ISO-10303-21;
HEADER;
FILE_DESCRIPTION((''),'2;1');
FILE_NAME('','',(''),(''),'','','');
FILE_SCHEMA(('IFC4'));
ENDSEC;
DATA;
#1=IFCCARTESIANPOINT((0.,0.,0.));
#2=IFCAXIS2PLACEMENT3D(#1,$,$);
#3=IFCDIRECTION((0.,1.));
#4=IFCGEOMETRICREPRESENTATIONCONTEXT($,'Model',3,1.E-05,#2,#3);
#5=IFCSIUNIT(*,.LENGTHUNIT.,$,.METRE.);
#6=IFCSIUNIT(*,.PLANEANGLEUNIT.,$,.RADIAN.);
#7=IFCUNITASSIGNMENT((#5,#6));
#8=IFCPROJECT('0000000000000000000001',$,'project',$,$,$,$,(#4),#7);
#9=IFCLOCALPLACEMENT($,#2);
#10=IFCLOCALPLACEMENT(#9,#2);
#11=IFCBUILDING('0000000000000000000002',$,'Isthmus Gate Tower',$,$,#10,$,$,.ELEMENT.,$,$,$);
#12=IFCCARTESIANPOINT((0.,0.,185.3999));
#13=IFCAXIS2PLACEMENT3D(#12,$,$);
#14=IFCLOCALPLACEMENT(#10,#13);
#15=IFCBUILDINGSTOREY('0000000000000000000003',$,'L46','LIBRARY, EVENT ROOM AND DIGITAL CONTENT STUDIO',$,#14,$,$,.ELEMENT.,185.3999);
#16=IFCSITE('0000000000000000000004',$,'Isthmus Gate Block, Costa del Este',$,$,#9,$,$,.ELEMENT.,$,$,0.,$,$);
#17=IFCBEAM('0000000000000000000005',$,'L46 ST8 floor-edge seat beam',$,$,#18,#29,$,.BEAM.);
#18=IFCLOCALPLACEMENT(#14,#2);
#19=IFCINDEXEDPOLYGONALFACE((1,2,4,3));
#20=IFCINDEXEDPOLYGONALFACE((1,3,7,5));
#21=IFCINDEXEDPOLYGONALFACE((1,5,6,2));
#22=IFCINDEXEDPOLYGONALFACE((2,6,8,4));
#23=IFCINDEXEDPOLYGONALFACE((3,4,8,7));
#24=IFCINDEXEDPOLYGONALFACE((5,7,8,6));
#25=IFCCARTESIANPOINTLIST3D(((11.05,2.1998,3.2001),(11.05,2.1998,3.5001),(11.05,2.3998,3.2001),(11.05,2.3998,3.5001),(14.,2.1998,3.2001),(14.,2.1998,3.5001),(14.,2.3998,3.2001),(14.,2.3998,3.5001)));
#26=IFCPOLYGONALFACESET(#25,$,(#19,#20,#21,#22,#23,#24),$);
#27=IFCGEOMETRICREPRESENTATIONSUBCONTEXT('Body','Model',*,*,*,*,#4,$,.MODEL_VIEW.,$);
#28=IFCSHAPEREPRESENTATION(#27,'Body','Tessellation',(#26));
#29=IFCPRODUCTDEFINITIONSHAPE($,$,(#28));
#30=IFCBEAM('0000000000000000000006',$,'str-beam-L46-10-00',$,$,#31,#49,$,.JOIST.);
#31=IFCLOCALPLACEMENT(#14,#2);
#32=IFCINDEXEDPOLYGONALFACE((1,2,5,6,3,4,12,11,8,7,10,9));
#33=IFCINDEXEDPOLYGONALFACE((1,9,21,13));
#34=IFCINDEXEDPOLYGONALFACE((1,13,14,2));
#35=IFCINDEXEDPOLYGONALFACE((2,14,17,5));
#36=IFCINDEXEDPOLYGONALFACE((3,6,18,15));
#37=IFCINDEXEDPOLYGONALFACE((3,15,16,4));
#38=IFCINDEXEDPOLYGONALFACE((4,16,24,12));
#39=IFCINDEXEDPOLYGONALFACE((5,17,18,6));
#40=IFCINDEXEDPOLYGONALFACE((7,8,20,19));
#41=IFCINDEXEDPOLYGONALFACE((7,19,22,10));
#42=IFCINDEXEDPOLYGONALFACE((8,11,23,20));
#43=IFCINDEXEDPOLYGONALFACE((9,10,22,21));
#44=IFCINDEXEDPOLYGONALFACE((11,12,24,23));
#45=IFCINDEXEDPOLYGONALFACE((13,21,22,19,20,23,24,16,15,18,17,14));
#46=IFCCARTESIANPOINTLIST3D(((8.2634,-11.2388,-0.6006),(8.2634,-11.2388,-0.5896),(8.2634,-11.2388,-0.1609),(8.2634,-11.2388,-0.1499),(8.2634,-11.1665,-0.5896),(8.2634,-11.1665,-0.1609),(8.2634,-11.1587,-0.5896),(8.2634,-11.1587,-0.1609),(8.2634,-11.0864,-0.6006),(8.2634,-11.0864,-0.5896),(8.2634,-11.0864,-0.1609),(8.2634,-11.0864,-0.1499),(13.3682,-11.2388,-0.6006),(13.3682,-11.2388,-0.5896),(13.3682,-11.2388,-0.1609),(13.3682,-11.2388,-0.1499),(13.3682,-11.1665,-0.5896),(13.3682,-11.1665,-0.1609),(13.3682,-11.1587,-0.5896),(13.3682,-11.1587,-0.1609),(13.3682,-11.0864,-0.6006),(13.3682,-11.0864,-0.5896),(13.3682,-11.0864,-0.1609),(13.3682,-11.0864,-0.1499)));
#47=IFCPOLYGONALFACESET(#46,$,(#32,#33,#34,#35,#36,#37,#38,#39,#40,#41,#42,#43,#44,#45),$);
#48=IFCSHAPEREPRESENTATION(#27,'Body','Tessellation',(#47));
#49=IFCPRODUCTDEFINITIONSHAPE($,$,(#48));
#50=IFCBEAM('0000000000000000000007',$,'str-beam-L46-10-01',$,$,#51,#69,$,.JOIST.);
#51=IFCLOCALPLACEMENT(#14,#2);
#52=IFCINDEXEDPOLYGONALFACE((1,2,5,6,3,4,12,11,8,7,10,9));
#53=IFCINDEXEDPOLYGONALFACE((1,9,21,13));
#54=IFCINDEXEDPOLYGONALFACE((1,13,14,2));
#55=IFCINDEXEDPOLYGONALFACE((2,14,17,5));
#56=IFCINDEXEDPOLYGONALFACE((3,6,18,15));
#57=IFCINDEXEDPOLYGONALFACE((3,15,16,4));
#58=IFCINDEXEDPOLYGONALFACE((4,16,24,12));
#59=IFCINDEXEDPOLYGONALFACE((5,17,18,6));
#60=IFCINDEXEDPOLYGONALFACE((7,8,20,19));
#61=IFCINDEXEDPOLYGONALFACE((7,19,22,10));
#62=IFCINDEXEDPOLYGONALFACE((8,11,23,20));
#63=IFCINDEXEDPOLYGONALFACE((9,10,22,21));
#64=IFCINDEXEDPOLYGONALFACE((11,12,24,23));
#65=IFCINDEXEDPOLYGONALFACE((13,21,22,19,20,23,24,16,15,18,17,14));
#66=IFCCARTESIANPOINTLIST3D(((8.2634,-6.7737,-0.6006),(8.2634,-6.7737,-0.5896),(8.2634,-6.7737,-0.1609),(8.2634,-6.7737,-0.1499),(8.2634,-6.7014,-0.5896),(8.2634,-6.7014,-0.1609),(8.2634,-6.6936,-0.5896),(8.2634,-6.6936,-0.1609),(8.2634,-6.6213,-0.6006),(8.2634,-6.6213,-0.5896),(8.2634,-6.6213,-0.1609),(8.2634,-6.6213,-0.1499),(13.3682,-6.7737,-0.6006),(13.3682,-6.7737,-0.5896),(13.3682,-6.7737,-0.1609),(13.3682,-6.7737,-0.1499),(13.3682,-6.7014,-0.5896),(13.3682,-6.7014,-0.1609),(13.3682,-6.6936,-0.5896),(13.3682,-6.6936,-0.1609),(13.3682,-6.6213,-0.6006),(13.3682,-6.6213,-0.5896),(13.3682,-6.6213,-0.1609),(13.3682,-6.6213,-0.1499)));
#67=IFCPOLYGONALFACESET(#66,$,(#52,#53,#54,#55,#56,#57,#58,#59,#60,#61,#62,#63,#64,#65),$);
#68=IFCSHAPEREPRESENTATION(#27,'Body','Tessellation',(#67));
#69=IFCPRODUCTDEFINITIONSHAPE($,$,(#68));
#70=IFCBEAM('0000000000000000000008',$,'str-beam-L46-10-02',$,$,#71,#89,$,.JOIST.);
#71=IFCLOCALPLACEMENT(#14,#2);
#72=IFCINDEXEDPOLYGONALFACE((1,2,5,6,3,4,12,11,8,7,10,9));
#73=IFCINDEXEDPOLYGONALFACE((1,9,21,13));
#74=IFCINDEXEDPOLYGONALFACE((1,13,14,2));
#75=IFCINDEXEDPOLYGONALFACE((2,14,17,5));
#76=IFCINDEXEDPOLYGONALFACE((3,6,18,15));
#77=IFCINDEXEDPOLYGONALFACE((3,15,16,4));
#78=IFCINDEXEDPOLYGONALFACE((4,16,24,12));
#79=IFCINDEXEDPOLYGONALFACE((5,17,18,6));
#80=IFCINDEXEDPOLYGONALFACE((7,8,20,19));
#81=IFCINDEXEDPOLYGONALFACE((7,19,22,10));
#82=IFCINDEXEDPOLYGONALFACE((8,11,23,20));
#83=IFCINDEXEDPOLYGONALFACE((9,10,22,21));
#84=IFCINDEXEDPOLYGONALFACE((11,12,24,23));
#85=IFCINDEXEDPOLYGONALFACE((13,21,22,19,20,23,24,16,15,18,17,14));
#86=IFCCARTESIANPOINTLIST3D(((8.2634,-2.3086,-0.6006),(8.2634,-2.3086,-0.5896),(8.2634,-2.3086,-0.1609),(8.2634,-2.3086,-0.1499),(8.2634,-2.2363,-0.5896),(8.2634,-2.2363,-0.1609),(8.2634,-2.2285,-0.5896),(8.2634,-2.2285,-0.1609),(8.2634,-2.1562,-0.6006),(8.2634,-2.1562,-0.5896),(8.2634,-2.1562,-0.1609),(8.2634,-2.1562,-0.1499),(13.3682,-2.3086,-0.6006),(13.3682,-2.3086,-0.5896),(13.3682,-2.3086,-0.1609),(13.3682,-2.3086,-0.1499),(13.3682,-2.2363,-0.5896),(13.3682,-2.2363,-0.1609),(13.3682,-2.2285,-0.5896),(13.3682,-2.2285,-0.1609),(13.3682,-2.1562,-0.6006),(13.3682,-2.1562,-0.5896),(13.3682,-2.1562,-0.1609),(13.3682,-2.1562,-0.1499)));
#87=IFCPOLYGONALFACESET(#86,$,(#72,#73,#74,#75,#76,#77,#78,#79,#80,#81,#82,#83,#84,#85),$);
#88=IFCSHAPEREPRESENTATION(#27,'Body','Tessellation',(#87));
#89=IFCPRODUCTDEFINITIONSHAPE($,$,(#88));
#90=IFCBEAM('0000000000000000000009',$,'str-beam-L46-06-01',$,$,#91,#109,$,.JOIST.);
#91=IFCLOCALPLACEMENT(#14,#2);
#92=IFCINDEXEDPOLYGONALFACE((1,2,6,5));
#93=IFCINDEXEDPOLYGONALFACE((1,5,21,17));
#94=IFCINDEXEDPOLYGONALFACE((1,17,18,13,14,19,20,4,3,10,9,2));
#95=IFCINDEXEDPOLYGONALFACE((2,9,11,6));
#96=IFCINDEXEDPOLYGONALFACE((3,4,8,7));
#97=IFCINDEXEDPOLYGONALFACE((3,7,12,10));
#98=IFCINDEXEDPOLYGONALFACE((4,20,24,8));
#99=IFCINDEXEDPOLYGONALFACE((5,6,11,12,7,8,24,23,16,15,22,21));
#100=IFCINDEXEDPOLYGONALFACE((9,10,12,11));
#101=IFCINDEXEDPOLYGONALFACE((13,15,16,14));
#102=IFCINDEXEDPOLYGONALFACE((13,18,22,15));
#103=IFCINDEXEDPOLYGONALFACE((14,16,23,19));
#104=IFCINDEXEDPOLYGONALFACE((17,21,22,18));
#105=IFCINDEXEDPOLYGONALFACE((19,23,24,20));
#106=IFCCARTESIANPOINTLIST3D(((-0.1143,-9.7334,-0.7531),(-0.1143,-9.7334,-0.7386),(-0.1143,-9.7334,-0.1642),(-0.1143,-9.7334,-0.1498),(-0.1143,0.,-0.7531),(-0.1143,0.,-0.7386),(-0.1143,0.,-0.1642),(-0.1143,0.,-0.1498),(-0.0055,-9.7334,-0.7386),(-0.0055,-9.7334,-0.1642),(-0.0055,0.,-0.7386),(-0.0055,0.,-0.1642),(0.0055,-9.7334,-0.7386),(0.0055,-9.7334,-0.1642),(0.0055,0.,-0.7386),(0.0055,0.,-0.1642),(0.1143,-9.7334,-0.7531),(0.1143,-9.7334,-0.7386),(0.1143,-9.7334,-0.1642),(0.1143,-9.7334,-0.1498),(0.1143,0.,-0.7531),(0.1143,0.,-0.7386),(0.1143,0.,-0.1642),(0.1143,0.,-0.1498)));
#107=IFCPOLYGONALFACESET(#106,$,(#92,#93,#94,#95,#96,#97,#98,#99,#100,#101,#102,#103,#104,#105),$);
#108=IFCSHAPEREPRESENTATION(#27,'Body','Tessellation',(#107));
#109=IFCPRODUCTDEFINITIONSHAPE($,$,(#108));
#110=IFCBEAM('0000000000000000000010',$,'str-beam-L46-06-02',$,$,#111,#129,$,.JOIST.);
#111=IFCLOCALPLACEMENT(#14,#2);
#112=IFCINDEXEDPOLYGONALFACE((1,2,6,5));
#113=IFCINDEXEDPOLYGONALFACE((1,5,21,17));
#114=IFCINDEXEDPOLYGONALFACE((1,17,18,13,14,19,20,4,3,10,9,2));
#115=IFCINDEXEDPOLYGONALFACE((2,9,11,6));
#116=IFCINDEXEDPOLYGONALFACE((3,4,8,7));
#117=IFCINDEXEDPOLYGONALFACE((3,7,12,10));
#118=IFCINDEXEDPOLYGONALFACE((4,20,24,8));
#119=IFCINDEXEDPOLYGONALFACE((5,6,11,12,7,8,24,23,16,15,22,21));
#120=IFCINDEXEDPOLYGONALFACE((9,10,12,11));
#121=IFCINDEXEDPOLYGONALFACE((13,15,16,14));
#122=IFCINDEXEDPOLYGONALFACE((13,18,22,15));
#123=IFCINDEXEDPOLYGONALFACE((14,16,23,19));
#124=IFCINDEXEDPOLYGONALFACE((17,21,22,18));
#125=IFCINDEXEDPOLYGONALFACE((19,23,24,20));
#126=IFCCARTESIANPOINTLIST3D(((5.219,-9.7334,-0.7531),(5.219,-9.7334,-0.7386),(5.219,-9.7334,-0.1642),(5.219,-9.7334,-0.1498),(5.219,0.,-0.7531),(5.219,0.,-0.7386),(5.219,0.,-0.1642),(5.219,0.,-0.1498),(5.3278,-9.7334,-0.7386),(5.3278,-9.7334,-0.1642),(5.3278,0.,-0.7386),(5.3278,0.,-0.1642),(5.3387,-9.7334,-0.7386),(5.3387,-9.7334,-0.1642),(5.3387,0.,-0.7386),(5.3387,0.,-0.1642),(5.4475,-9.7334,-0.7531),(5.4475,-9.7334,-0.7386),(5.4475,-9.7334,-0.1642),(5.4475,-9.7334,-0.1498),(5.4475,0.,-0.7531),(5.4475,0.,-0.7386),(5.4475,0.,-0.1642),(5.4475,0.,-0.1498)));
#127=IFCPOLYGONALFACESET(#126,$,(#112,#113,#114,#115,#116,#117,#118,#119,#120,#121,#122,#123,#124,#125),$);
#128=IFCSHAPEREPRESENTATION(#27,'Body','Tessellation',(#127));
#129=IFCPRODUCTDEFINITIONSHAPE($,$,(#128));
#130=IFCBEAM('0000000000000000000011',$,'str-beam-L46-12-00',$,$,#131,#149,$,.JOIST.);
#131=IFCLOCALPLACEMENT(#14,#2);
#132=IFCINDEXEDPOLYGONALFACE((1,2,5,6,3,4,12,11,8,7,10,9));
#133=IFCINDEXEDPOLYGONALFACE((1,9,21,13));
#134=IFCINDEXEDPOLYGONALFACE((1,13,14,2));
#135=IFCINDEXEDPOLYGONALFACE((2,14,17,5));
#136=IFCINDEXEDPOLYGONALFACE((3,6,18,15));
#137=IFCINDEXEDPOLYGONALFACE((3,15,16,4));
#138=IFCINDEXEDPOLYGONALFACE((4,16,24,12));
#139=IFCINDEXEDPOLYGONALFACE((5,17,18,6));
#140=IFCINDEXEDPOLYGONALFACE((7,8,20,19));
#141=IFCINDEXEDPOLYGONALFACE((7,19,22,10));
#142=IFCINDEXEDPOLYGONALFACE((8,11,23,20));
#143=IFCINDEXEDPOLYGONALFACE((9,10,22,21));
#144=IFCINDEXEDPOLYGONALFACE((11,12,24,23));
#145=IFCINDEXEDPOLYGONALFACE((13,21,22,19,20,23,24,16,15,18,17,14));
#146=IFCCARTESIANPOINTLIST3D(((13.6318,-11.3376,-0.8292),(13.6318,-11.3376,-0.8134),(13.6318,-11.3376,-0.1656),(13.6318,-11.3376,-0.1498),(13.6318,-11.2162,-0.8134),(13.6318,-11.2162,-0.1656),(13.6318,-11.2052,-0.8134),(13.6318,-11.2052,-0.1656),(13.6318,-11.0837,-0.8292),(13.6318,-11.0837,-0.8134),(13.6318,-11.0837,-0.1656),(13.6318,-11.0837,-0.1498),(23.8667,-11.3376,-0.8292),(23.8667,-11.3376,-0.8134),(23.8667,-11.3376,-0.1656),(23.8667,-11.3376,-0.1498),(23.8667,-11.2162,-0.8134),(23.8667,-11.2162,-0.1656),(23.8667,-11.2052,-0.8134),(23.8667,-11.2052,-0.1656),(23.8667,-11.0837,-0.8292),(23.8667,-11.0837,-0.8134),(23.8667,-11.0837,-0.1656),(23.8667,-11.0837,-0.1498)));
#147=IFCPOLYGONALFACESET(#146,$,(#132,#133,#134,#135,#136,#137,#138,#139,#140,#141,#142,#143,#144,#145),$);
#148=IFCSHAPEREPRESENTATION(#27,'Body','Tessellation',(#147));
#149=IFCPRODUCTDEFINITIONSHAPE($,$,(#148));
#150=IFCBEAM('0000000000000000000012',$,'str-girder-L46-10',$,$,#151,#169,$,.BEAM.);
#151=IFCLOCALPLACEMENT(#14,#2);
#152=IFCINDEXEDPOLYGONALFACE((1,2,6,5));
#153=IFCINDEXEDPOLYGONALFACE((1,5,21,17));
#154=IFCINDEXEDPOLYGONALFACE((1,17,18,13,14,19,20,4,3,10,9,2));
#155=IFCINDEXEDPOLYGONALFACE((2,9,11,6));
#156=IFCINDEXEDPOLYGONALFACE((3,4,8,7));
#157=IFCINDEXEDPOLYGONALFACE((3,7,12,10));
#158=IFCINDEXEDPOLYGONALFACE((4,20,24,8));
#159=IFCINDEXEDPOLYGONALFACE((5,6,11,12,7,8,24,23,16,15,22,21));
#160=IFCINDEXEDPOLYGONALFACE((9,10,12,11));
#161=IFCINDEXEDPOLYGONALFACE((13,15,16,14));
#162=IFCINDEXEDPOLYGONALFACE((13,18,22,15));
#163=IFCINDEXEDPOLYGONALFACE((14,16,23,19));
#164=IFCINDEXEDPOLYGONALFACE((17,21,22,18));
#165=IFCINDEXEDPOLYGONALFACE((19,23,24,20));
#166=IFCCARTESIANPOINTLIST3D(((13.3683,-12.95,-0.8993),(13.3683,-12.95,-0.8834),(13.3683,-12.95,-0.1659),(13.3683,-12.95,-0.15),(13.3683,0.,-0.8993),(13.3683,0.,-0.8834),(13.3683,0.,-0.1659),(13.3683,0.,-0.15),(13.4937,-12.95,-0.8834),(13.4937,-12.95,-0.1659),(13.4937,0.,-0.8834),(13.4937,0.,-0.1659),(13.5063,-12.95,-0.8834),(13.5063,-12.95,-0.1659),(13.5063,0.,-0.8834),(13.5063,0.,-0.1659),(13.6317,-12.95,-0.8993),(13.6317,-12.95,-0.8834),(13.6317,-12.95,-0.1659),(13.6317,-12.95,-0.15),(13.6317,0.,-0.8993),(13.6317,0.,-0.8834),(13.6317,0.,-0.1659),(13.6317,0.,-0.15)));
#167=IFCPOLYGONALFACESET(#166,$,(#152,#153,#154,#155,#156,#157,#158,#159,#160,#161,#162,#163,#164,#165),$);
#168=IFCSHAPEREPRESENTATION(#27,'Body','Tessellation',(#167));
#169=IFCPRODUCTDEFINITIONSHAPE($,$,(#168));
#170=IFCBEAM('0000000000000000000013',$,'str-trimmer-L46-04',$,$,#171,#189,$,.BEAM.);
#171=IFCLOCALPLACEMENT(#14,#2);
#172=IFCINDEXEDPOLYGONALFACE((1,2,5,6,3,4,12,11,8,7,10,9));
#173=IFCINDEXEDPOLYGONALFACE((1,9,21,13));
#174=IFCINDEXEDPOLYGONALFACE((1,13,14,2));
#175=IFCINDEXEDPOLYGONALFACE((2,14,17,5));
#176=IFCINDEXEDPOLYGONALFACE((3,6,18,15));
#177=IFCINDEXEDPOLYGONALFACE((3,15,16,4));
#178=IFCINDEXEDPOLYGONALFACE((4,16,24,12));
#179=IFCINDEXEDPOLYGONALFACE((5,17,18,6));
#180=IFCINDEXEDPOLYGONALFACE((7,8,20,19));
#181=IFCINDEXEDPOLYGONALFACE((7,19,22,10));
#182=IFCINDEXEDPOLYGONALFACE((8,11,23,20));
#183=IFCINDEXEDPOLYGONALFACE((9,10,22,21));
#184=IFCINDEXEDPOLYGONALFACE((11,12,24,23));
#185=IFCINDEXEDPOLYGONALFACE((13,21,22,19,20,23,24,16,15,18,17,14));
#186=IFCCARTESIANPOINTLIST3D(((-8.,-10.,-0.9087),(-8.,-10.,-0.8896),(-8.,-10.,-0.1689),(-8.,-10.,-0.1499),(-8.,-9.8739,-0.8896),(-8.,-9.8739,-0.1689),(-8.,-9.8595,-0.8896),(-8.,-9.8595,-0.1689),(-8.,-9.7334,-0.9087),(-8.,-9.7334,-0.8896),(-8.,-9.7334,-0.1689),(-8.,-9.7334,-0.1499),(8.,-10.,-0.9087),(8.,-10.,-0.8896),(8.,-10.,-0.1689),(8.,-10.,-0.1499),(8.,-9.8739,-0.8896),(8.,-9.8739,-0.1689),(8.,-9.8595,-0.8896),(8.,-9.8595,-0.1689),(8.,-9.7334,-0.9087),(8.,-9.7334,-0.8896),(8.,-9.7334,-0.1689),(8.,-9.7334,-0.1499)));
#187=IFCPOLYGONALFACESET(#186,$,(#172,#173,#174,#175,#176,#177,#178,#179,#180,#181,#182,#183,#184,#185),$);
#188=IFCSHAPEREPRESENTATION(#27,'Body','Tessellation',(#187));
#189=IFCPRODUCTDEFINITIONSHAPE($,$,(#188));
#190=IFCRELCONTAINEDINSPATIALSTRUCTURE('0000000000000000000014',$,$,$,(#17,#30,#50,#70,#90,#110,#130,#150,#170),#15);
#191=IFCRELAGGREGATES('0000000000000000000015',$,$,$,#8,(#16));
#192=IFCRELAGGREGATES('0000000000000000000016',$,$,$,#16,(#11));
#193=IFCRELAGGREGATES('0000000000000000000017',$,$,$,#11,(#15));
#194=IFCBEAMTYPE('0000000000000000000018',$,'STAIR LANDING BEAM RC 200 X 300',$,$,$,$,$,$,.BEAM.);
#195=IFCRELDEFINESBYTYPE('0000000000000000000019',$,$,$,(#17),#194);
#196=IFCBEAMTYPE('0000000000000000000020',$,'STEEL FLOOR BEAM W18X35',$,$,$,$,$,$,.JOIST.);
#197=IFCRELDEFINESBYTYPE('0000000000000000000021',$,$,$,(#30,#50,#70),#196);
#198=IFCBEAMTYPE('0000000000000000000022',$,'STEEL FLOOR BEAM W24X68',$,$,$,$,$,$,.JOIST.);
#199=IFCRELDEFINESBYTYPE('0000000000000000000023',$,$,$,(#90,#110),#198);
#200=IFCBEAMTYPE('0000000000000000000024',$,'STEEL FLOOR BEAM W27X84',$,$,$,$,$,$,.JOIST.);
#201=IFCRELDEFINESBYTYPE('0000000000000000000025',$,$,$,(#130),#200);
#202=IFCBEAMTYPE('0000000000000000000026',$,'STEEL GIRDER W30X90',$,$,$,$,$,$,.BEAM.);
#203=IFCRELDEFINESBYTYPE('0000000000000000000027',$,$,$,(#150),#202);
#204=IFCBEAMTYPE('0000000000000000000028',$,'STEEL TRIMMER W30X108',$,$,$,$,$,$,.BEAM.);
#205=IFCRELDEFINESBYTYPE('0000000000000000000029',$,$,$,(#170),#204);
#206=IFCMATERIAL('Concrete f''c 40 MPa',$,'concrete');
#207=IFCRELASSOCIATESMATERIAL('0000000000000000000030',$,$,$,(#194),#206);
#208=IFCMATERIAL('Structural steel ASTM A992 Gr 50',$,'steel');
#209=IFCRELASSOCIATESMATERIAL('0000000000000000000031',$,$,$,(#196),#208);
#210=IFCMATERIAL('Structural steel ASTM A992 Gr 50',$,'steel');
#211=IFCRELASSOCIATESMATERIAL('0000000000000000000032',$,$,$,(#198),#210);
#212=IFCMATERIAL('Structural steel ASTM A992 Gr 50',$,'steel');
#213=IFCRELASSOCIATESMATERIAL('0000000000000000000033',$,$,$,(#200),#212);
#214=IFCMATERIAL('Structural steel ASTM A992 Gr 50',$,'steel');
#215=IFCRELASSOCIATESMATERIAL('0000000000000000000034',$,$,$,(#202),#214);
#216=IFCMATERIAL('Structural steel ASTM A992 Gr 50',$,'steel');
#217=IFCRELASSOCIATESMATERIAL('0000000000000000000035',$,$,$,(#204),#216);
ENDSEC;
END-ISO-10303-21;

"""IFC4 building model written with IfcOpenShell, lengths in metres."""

from ifc_helpers import new_model, si_unit, direction, frame, origin, origin_2d, place, context, subcontext, project, spatial, rectangle, i_section, extrude, material, material_profile, profile_set, type_object, element, save


model = new_model("IFC4")

# Units and contexts
model_context = context("Model", 3, precision=1e-05, world=origin(), true_north=direction((0.0, 1.0)))
body_context = subcontext(model_context, "Body", "Model", "MODEL_VIEW")
ifc_project = project(units=[si_unit("LENGTHUNIT", "METRE"), si_unit("PLANEANGLEUNIT", "RADIAN")], contexts=[model_context])

# Site, building, storey
site_placement = place(None, origin())
site = spatial("IfcSite", under=ifc_project, at=site_placement, Name="Isthmus Gate Block, Costa del Este", CompositionType="ELEMENT", RefElevation=0.0)
building_placement = place(site_placement, origin())
building = spatial("IfcBuilding", under=site, at=building_placement, Name="Isthmus Gate Tower", CompositionType="ELEMENT")
storey_placement = place(building_placement, frame((0.0, 0.0, 185.3999)))
storey = spatial("IfcBuildingStorey", under=building, at=storey_placement, Name="L46", Description="LIBRARY, EVENT ROOM AND DIGITAL CONTENT STUDIO", CompositionType="ELEMENT", Elevation=185.3999)

# Beams
ifc_material_1 = material(Name="Concrete f'c 40 MPa", Category="concrete")
ifc_material_profile_1 = material_profile(ifc_material_1, rectangle(XDim=0.2, YDim=0.3, at=origin_2d()), Name="STAIR LANDING BEAM RC 200 X 300")
ifc_profile_set_1 = profile_set([ifc_material_profile_1], Name="Concrete f'c 40 MPa")
beam_type_1 = type_object("IfcBeamType", Name="STAIR LANDING BEAM RC 200 X 300", PredefinedType="BEAM", material=ifc_profile_set_1)
beam_1_placement = place(storey_placement, frame((11.05, 2.2998, 3.3501), z_axis=(1.0, 0.0, 0.0), x_axis=(0.0, 1.0, 0.0)))
element("IfcBeam", 1, at=beam_1_placement, inside=storey, type_object=beam_type_1, Name="L46 ST8 floor-edge seat beam", PredefinedType="BEAM", context=body_context, shape_type="SweptSolid", body=[
    extrude(rectangle(XDim=0.2, YDim=0.3, at=origin_2d()), origin(), (0.0, 0.0, 1.0), 2.95),
])
ifc_material_2 = material(Name="Structural steel ASTM A992 Gr 50", Category="steel")
ifc_material_profile_2 = material_profile(ifc_material_2, i_section(OverallWidth=0.1523, OverallDepth=0.4507, WebThickness=0.0078, FlangeThickness=0.011, at=origin_2d()), Name="W18X35")
ifc_profile_set_2 = profile_set([ifc_material_profile_2], Name="Structural steel ASTM A992 Gr 50")
beam_type_2 = type_object("IfcBeamType", Name="STEEL FLOOR BEAM W18X35", PredefinedType="JOIST", material=ifc_profile_set_2)
for number, where, z_axis, x_axis, name in (
    (2, (8.2634, -11.1626, -0.3752), (1.0, 0.0, 0.0), (0.0, 1.0, 0.0), "str-beam-L46-10-00"),
    (3, (8.2634, -6.6975, -0.3752), (1.0, 0.0, 0.0), (0.0, 1.0, 0.0), "str-beam-L46-10-01"),
    (4, (8.2634, -2.2324, -0.3752), (1.0, 0.0, 0.0), (0.0, 1.0, 0.0), "str-beam-L46-10-02"),
):
    element("IfcBeam", number, at=place(storey_placement, frame(where, z_axis=z_axis, x_axis=x_axis)), inside=storey, type_object=beam_type_2, Name=name, PredefinedType="JOIST", context=body_context, shape_type="SweptSolid", body=[
        extrude(i_section(OverallWidth=0.1523, OverallDepth=0.4507, WebThickness=0.0078, FlangeThickness=0.011, at=origin_2d()), origin(), (0.0, 0.0, 1.0), 5.1047),
    ])
ifc_material_3 = material(Name="Structural steel ASTM A992 Gr 50", Category="steel")
ifc_material_profile_3 = material_profile(ifc_material_3, i_section(OverallWidth=0.2285, OverallDepth=0.6033, WebThickness=0.011, FlangeThickness=0.0144, at=origin_2d()), Name="W24X68")
ifc_profile_set_3 = profile_set([ifc_material_profile_3], Name="Structural steel ASTM A992 Gr 50")
beam_type_3 = type_object("IfcBeamType", Name="STEEL FLOOR BEAM W24X68", PredefinedType="JOIST", material=ifc_profile_set_3)
for number, where, z_axis, x_axis, name in (
    (5, (0.0, -9.7334, -0.4514), (0.0, 1.0, 0.0), (-1.0, 0.0, 0.0), "str-beam-L46-06-01"),
    (6, (5.3333, -9.7334, -0.4514), (0.0, 1.0, 0.0), (-1.0, 0.0, 0.0), "str-beam-L46-06-02"),
):
    element("IfcBeam", number, at=place(storey_placement, frame(where, z_axis=z_axis, x_axis=x_axis)), inside=storey, type_object=beam_type_3, Name=name, PredefinedType="JOIST", context=body_context, shape_type="SweptSolid", body=[
        extrude(i_section(OverallWidth=0.2285, OverallDepth=0.6033, WebThickness=0.011, FlangeThickness=0.0144, at=origin_2d()), origin(), (0.0, 0.0, 1.0), 9.7334),
    ])
ifc_material_4 = material(Name="Structural steel ASTM A992 Gr 50", Category="steel")
ifc_material_profile_4 = material_profile(ifc_material_4, i_section(OverallWidth=0.2539, OverallDepth=0.6794, WebThickness=0.011, FlangeThickness=0.0159, at=origin_2d()), Name="W27X84")
ifc_profile_set_4 = profile_set([ifc_material_profile_4], Name="Structural steel ASTM A992 Gr 50")
beam_type_4 = type_object("IfcBeamType", Name="STEEL FLOOR BEAM W27X84", PredefinedType="JOIST", material=ifc_profile_set_4)
beam_2_placement = place(storey_placement, frame((13.6318, -11.2107, -0.4895), z_axis=(1.0, 0.0, 0.0), x_axis=(0.0, 1.0, 0.0)))
element("IfcBeam", 7, at=beam_2_placement, inside=storey, type_object=beam_type_4, Name="str-beam-L46-12-00", PredefinedType="JOIST", context=body_context, shape_type="SweptSolid", body=[
    extrude(i_section(OverallWidth=0.2539, OverallDepth=0.6794, WebThickness=0.011, FlangeThickness=0.0159, at=origin_2d()), origin(), (0.0, 0.0, 1.0), 10.2349),
])
ifc_material_5 = material(Name="Structural steel ASTM A992 Gr 50", Category="steel")
ifc_material_profile_5 = material_profile(ifc_material_5, i_section(OverallWidth=0.2634, OverallDepth=0.7493, WebThickness=0.0127, FlangeThickness=0.0159, at=origin_2d()), Name="W30X90")
ifc_profile_set_5 = profile_set([ifc_material_profile_5], Name="Structural steel ASTM A992 Gr 50")
beam_type_5 = type_object("IfcBeamType", Name="STEEL GIRDER W30X90", PredefinedType="BEAM", material=ifc_profile_set_5)
beam_3_placement = place(storey_placement, frame((13.5, -12.95, -0.5247), z_axis=(0.0, 1.0, 0.0), x_axis=(-1.0, 0.0, 0.0)))
element("IfcBeam", 8, at=beam_3_placement, inside=storey, type_object=beam_type_5, Name="str-girder-L46-10", PredefinedType="BEAM", context=body_context, shape_type="SweptSolid", body=[
    extrude(i_section(OverallWidth=0.2634, OverallDepth=0.7493, WebThickness=0.0127, FlangeThickness=0.0159, at=origin_2d()), origin(), (0.0, 0.0, 1.0), 12.95),
])
ifc_material_6 = material(Name="Structural steel ASTM A992 Gr 50", Category="steel")
ifc_material_profile_6 = material_profile(ifc_material_6, i_section(OverallWidth=0.2666, OverallDepth=0.7588, WebThickness=0.0144, FlangeThickness=0.019, at=origin_2d()), Name="W30X108")
ifc_profile_set_6 = profile_set([ifc_material_profile_6], Name="Structural steel ASTM A992 Gr 50")
beam_type_6 = type_object("IfcBeamType", Name="STEEL TRIMMER W30X108", PredefinedType="BEAM", material=ifc_profile_set_6)
beam_4_placement = place(storey_placement, frame((8.0, -9.8667, -0.5293), z_axis=(-1.0, 0.0, 0.0), x_axis=(0.0, -1.0, 0.0)))
element("IfcBeam", 9, at=beam_4_placement, inside=storey, type_object=beam_type_6, Name="str-trimmer-L46-04", PredefinedType="BEAM", context=body_context, shape_type="SweptSolid", body=[
    extrude(i_section(OverallWidth=0.2666, OverallDepth=0.7588, WebThickness=0.0144, FlangeThickness=0.019, at=origin_2d()), origin(), (0.0, 0.0, 1.0), 16.0),
])

save(model, "model.ifc")
